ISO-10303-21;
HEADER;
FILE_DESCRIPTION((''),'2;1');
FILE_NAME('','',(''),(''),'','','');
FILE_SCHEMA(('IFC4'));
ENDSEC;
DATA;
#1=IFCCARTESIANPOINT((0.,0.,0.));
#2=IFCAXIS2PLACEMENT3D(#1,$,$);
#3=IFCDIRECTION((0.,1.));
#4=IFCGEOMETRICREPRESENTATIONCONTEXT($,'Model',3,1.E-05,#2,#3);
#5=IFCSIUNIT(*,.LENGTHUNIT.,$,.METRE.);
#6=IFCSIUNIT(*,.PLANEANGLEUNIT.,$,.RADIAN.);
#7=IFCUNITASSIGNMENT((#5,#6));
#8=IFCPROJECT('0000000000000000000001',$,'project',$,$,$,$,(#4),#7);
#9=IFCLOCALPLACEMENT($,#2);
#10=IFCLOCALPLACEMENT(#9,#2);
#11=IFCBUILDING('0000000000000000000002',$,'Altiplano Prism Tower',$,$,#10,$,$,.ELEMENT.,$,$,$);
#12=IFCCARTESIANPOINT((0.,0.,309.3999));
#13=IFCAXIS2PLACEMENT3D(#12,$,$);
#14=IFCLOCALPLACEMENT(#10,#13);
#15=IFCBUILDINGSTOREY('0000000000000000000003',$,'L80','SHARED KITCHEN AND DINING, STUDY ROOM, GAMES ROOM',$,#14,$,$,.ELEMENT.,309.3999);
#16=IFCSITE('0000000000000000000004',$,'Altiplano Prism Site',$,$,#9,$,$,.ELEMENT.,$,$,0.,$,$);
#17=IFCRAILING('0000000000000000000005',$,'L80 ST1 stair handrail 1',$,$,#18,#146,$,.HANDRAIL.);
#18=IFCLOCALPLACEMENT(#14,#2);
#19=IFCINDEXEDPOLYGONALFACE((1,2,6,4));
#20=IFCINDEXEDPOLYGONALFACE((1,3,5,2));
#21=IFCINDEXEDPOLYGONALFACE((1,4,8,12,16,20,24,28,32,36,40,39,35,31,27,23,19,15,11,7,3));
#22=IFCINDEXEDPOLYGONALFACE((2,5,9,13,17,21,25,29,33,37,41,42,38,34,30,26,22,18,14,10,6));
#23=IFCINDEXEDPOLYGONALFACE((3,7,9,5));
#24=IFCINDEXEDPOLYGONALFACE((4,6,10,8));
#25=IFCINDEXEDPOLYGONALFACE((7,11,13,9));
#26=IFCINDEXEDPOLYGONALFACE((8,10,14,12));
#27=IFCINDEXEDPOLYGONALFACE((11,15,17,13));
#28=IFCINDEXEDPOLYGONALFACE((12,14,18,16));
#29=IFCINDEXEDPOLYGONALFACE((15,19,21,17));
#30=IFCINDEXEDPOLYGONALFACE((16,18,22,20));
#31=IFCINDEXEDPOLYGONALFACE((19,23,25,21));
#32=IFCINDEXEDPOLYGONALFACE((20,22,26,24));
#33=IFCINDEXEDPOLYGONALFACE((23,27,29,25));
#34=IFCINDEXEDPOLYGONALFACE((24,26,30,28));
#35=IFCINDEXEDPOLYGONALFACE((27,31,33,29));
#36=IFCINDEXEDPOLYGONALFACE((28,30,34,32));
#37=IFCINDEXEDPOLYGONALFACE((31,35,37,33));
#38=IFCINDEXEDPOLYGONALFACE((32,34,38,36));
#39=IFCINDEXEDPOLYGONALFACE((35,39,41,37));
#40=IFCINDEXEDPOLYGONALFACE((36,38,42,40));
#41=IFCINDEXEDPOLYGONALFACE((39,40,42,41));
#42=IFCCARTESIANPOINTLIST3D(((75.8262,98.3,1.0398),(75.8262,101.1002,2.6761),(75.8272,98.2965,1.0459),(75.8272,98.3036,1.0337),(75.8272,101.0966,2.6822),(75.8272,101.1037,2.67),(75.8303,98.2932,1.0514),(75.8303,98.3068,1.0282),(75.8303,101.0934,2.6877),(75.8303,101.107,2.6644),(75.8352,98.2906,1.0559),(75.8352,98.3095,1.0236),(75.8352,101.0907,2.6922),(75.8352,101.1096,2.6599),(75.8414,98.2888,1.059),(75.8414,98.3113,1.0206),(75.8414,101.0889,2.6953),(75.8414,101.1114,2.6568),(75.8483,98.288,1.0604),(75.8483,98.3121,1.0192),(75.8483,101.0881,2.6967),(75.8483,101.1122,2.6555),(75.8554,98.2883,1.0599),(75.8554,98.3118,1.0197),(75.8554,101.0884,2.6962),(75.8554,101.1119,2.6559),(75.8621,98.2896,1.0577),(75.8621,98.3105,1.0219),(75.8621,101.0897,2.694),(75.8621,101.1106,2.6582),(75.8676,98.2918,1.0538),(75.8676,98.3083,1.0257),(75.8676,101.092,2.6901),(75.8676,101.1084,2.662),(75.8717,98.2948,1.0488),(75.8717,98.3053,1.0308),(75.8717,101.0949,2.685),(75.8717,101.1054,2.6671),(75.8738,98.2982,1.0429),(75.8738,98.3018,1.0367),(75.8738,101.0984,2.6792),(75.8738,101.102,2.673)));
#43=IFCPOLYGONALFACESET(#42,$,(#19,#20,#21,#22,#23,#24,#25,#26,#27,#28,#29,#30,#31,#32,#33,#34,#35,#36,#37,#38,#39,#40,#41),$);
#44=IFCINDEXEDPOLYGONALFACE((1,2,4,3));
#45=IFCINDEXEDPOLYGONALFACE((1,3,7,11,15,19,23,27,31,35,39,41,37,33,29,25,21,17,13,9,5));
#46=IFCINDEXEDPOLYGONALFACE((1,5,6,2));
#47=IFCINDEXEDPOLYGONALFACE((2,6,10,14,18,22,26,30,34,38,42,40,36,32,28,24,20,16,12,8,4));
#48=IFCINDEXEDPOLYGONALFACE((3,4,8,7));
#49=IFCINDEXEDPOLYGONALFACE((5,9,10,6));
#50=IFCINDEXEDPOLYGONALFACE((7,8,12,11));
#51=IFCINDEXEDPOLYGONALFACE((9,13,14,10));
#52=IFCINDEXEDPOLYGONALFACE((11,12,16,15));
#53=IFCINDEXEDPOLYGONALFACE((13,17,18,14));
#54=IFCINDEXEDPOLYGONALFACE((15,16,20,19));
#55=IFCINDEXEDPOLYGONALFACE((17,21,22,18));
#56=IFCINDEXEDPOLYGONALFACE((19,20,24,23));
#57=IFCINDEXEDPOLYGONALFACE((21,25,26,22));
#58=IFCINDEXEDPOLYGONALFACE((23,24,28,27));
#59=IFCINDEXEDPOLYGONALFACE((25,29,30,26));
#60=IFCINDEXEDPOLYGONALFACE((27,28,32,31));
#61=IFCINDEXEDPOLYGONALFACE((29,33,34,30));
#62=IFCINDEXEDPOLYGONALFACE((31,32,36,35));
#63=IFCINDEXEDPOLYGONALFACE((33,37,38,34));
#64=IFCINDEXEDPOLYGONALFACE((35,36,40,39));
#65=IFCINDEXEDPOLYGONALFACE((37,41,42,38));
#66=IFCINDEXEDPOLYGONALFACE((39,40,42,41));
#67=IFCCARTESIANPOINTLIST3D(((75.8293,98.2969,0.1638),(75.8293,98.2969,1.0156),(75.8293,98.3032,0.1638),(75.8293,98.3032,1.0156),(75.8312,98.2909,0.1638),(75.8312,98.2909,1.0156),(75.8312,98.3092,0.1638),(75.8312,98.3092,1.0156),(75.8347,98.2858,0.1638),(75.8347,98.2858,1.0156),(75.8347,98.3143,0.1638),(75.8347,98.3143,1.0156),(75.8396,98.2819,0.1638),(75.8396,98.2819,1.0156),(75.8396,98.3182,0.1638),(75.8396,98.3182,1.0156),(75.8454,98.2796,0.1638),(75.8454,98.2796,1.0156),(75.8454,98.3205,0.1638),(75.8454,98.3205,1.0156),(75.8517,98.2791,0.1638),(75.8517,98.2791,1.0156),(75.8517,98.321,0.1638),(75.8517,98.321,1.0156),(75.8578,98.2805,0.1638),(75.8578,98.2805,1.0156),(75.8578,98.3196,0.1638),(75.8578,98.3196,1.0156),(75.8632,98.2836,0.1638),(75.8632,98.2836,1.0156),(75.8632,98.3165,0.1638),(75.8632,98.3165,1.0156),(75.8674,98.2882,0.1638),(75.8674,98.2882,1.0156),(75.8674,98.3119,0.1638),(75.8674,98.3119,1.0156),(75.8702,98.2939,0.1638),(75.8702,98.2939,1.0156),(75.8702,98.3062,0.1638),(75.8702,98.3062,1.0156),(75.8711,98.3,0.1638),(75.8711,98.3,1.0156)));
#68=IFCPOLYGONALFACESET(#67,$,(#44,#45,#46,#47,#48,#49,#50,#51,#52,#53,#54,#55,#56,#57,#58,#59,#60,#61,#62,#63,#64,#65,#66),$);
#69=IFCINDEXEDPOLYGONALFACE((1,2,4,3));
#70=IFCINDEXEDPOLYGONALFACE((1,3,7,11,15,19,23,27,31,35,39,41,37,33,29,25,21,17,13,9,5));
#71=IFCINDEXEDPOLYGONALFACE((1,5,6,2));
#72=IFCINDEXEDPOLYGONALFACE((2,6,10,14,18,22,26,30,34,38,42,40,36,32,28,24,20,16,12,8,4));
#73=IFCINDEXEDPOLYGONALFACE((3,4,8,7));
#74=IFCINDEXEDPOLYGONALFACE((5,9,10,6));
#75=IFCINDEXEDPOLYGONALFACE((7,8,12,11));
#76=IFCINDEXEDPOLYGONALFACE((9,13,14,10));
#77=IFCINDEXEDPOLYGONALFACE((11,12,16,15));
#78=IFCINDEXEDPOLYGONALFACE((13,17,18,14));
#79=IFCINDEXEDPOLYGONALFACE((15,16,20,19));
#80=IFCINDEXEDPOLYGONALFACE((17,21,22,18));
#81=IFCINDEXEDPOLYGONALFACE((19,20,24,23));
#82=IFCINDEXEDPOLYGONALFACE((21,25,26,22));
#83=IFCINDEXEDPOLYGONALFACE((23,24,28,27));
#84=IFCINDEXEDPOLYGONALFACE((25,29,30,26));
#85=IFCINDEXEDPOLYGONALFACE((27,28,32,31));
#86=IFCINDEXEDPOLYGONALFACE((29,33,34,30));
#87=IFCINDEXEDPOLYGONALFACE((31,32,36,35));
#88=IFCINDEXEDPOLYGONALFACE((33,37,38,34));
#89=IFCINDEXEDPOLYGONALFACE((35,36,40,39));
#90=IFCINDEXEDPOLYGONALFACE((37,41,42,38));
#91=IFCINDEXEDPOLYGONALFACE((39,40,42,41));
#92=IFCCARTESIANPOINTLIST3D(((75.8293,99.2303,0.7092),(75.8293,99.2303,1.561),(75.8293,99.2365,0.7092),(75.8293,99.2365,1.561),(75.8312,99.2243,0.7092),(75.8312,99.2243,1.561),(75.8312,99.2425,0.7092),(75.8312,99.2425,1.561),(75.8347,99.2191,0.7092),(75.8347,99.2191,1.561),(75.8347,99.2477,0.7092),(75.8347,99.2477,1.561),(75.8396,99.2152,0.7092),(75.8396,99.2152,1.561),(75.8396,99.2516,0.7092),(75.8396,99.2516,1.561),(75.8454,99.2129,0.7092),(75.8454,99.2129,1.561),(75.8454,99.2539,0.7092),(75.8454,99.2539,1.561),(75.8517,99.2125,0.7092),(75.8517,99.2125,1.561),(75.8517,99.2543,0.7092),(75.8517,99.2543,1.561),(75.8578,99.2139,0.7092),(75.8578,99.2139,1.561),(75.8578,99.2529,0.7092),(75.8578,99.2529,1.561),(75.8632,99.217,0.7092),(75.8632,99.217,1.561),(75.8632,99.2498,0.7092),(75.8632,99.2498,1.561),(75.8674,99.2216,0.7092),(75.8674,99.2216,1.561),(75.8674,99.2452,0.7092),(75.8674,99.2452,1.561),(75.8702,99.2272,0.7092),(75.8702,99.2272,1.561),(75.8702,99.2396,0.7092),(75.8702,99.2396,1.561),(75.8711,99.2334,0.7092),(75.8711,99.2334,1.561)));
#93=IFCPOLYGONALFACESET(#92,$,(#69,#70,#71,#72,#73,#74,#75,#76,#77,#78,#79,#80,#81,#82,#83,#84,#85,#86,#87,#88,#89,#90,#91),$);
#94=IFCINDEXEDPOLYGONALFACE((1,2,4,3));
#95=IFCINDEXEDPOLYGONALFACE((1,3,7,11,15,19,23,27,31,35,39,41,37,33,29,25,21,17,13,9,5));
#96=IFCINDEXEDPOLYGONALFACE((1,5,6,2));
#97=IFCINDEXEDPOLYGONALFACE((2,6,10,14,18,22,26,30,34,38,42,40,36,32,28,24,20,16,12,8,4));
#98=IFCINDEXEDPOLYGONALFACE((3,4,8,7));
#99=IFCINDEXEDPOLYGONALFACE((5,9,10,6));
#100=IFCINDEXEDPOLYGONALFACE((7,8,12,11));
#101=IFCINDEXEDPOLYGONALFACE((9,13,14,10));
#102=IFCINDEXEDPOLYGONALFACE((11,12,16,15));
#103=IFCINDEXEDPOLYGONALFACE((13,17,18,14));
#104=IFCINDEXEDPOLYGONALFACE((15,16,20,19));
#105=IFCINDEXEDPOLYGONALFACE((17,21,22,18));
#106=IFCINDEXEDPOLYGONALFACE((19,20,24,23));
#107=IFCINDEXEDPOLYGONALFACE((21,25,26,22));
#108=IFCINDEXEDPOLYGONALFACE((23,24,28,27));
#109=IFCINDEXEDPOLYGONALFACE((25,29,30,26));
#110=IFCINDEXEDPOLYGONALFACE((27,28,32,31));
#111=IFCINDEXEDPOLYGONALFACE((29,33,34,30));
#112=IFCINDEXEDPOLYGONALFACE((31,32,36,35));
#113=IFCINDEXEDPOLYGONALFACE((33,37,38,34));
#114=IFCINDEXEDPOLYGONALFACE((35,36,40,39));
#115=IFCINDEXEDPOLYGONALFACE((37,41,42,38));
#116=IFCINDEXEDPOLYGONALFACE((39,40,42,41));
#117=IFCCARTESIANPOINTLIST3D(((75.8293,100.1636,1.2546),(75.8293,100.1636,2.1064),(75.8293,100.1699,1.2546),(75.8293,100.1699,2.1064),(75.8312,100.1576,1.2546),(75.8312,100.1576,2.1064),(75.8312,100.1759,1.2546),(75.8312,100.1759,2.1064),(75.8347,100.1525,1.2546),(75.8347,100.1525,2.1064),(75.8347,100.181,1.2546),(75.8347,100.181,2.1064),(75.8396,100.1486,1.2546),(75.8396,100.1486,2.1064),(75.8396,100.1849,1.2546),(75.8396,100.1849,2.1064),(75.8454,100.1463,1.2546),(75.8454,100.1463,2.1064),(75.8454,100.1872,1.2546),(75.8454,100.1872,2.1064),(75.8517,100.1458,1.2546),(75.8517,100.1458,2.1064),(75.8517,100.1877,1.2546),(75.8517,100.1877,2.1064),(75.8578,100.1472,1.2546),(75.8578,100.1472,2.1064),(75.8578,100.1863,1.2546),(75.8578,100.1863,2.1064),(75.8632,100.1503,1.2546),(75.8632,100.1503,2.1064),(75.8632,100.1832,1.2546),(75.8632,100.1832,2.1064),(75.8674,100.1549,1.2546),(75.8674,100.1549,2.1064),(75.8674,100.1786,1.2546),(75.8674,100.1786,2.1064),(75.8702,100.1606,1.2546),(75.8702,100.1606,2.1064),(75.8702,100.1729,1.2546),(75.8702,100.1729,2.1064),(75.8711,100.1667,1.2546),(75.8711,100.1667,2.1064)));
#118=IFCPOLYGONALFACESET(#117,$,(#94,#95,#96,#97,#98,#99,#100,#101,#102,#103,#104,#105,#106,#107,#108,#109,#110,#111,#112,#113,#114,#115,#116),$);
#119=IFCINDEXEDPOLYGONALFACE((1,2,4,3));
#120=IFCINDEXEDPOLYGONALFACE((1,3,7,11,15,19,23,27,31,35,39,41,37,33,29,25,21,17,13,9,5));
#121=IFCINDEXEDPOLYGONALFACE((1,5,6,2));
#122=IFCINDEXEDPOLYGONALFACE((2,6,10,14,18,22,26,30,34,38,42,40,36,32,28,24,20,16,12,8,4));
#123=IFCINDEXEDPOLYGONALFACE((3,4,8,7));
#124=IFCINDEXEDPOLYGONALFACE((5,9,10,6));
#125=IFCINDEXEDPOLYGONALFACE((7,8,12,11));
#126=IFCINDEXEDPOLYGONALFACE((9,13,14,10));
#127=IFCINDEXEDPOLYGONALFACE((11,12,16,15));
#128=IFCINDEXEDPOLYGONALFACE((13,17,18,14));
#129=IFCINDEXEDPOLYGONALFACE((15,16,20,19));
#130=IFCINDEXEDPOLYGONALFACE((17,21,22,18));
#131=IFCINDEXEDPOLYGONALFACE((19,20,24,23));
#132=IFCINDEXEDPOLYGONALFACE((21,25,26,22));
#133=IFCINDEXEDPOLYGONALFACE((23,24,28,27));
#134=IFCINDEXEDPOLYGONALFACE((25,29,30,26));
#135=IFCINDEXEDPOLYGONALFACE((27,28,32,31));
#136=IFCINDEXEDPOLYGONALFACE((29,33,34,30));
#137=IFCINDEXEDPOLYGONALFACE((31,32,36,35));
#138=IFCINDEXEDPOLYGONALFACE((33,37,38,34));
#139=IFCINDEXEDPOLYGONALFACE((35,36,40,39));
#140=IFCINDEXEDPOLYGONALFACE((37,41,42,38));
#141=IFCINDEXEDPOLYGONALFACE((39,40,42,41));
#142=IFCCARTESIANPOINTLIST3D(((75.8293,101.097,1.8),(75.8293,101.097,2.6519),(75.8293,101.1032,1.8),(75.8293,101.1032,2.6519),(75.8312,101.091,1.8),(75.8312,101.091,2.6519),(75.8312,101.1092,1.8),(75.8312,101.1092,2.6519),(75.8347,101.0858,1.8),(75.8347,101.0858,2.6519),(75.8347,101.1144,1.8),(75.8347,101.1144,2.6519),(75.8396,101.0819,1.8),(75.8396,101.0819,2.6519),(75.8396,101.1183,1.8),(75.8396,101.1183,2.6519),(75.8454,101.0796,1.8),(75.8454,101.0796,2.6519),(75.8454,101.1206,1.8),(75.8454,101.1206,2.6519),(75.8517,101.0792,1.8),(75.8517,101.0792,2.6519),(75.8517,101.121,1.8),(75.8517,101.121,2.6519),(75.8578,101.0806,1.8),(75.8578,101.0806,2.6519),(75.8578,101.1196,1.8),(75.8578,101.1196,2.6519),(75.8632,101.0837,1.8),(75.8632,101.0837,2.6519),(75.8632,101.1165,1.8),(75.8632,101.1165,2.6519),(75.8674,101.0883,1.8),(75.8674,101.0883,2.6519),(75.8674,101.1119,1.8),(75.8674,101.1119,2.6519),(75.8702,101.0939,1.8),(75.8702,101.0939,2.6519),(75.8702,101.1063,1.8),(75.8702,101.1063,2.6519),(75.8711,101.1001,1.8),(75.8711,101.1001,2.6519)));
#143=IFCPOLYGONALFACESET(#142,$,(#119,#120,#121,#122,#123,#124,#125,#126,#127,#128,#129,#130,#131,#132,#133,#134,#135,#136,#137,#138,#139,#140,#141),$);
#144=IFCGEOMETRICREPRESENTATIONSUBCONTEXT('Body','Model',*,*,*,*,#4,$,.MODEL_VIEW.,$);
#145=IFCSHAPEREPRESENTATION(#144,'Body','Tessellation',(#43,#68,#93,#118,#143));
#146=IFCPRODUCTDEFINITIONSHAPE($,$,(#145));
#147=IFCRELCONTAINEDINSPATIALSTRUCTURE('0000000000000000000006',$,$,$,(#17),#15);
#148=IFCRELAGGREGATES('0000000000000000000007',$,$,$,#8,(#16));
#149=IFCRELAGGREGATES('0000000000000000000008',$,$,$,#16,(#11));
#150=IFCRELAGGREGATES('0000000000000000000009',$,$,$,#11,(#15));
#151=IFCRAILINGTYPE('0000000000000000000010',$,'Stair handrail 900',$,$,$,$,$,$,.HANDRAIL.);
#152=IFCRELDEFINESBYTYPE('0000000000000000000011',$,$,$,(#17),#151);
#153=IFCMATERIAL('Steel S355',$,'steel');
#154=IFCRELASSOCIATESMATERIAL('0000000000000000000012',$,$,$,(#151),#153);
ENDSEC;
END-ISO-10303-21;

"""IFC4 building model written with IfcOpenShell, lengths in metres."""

from ifc_helpers import new_model, si_unit, direction, frame, origin, origin_2d, place, context, subcontext, project, spatial, circle, extrude, material, type_object, element, save


model = new_model("IFC4")

# Units and contexts
model_context = context("Model", 3, precision=1e-05, world=origin(), true_north=direction((0.0, 1.0)))
body_context = subcontext(model_context, "Body", "Model", "MODEL_VIEW")
ifc_project = project(units=[si_unit("LENGTHUNIT", "METRE"), si_unit("PLANEANGLEUNIT", "RADIAN")], contexts=[model_context])

# Site, building, storey
site_placement = place(None, origin())
site = spatial("IfcSite", under=ifc_project, at=site_placement, Name="Altiplano Prism Site", CompositionType="ELEMENT", RefElevation=0.0)
building_placement = place(site_placement, origin())
building = spatial("IfcBuilding", under=site, at=building_placement, Name="Altiplano Prism Tower", CompositionType="ELEMENT")
storey_placement = place(building_placement, frame((0.0, 0.0, 309.3999)))
storey = spatial("IfcBuildingStorey", under=building, at=storey_placement, Name="L80", Description="SHARED KITCHEN AND DINING, STUDY ROOM, GAMES ROOM", CompositionType="ELEMENT", Elevation=309.3999)

# Railing
ifc_material_1 = material(Name="Steel S355", Category="steel")
railing_type_1 = type_object("IfcRailingType", Name="Stair handrail 900", PredefinedType="HANDRAIL", material=ifc_material_1)
railing_1_placement = place(storey_placement, frame((75.8501, 98.3, 0.1638)))
element("IfcRailing", 1, at=railing_1_placement, inside=storey, type_object=railing_type_1, Name="L80 ST1 stair handrail 1", PredefinedType="HANDRAIL", context=body_context, shape_type="SweptSolid", body=[
    extrude(circle(Radius=0.0239, at=origin_2d()), frame((0.0, 0.0, 0.876), z_axis=(0.0, 0.863394, 0.504531), x_axis=(-1.0, 0.0, 0.0)), (0.0, 0.0, 1.0), 3.2432),
    extrude(circle(Radius=0.021, at=origin_2d()), origin(), (0.0, 0.0, 1.0), 0.8518),
    extrude(circle(Radius=0.021, at=origin_2d()), frame((0.0, 0.9333, 0.5454)), (0.0, 0.0, 1.0), 0.8518),
    extrude(circle(Radius=0.021, at=origin_2d()), frame((0.0, 1.8667, 1.0908)), (0.0, 0.0, 1.0), 0.8518),
    extrude(circle(Radius=0.021, at=origin_2d()), frame((0.0, 2.8, 1.6362)), (0.0, 0.0, 1.0), 0.8518),
])

save(model, "model.ifc")
